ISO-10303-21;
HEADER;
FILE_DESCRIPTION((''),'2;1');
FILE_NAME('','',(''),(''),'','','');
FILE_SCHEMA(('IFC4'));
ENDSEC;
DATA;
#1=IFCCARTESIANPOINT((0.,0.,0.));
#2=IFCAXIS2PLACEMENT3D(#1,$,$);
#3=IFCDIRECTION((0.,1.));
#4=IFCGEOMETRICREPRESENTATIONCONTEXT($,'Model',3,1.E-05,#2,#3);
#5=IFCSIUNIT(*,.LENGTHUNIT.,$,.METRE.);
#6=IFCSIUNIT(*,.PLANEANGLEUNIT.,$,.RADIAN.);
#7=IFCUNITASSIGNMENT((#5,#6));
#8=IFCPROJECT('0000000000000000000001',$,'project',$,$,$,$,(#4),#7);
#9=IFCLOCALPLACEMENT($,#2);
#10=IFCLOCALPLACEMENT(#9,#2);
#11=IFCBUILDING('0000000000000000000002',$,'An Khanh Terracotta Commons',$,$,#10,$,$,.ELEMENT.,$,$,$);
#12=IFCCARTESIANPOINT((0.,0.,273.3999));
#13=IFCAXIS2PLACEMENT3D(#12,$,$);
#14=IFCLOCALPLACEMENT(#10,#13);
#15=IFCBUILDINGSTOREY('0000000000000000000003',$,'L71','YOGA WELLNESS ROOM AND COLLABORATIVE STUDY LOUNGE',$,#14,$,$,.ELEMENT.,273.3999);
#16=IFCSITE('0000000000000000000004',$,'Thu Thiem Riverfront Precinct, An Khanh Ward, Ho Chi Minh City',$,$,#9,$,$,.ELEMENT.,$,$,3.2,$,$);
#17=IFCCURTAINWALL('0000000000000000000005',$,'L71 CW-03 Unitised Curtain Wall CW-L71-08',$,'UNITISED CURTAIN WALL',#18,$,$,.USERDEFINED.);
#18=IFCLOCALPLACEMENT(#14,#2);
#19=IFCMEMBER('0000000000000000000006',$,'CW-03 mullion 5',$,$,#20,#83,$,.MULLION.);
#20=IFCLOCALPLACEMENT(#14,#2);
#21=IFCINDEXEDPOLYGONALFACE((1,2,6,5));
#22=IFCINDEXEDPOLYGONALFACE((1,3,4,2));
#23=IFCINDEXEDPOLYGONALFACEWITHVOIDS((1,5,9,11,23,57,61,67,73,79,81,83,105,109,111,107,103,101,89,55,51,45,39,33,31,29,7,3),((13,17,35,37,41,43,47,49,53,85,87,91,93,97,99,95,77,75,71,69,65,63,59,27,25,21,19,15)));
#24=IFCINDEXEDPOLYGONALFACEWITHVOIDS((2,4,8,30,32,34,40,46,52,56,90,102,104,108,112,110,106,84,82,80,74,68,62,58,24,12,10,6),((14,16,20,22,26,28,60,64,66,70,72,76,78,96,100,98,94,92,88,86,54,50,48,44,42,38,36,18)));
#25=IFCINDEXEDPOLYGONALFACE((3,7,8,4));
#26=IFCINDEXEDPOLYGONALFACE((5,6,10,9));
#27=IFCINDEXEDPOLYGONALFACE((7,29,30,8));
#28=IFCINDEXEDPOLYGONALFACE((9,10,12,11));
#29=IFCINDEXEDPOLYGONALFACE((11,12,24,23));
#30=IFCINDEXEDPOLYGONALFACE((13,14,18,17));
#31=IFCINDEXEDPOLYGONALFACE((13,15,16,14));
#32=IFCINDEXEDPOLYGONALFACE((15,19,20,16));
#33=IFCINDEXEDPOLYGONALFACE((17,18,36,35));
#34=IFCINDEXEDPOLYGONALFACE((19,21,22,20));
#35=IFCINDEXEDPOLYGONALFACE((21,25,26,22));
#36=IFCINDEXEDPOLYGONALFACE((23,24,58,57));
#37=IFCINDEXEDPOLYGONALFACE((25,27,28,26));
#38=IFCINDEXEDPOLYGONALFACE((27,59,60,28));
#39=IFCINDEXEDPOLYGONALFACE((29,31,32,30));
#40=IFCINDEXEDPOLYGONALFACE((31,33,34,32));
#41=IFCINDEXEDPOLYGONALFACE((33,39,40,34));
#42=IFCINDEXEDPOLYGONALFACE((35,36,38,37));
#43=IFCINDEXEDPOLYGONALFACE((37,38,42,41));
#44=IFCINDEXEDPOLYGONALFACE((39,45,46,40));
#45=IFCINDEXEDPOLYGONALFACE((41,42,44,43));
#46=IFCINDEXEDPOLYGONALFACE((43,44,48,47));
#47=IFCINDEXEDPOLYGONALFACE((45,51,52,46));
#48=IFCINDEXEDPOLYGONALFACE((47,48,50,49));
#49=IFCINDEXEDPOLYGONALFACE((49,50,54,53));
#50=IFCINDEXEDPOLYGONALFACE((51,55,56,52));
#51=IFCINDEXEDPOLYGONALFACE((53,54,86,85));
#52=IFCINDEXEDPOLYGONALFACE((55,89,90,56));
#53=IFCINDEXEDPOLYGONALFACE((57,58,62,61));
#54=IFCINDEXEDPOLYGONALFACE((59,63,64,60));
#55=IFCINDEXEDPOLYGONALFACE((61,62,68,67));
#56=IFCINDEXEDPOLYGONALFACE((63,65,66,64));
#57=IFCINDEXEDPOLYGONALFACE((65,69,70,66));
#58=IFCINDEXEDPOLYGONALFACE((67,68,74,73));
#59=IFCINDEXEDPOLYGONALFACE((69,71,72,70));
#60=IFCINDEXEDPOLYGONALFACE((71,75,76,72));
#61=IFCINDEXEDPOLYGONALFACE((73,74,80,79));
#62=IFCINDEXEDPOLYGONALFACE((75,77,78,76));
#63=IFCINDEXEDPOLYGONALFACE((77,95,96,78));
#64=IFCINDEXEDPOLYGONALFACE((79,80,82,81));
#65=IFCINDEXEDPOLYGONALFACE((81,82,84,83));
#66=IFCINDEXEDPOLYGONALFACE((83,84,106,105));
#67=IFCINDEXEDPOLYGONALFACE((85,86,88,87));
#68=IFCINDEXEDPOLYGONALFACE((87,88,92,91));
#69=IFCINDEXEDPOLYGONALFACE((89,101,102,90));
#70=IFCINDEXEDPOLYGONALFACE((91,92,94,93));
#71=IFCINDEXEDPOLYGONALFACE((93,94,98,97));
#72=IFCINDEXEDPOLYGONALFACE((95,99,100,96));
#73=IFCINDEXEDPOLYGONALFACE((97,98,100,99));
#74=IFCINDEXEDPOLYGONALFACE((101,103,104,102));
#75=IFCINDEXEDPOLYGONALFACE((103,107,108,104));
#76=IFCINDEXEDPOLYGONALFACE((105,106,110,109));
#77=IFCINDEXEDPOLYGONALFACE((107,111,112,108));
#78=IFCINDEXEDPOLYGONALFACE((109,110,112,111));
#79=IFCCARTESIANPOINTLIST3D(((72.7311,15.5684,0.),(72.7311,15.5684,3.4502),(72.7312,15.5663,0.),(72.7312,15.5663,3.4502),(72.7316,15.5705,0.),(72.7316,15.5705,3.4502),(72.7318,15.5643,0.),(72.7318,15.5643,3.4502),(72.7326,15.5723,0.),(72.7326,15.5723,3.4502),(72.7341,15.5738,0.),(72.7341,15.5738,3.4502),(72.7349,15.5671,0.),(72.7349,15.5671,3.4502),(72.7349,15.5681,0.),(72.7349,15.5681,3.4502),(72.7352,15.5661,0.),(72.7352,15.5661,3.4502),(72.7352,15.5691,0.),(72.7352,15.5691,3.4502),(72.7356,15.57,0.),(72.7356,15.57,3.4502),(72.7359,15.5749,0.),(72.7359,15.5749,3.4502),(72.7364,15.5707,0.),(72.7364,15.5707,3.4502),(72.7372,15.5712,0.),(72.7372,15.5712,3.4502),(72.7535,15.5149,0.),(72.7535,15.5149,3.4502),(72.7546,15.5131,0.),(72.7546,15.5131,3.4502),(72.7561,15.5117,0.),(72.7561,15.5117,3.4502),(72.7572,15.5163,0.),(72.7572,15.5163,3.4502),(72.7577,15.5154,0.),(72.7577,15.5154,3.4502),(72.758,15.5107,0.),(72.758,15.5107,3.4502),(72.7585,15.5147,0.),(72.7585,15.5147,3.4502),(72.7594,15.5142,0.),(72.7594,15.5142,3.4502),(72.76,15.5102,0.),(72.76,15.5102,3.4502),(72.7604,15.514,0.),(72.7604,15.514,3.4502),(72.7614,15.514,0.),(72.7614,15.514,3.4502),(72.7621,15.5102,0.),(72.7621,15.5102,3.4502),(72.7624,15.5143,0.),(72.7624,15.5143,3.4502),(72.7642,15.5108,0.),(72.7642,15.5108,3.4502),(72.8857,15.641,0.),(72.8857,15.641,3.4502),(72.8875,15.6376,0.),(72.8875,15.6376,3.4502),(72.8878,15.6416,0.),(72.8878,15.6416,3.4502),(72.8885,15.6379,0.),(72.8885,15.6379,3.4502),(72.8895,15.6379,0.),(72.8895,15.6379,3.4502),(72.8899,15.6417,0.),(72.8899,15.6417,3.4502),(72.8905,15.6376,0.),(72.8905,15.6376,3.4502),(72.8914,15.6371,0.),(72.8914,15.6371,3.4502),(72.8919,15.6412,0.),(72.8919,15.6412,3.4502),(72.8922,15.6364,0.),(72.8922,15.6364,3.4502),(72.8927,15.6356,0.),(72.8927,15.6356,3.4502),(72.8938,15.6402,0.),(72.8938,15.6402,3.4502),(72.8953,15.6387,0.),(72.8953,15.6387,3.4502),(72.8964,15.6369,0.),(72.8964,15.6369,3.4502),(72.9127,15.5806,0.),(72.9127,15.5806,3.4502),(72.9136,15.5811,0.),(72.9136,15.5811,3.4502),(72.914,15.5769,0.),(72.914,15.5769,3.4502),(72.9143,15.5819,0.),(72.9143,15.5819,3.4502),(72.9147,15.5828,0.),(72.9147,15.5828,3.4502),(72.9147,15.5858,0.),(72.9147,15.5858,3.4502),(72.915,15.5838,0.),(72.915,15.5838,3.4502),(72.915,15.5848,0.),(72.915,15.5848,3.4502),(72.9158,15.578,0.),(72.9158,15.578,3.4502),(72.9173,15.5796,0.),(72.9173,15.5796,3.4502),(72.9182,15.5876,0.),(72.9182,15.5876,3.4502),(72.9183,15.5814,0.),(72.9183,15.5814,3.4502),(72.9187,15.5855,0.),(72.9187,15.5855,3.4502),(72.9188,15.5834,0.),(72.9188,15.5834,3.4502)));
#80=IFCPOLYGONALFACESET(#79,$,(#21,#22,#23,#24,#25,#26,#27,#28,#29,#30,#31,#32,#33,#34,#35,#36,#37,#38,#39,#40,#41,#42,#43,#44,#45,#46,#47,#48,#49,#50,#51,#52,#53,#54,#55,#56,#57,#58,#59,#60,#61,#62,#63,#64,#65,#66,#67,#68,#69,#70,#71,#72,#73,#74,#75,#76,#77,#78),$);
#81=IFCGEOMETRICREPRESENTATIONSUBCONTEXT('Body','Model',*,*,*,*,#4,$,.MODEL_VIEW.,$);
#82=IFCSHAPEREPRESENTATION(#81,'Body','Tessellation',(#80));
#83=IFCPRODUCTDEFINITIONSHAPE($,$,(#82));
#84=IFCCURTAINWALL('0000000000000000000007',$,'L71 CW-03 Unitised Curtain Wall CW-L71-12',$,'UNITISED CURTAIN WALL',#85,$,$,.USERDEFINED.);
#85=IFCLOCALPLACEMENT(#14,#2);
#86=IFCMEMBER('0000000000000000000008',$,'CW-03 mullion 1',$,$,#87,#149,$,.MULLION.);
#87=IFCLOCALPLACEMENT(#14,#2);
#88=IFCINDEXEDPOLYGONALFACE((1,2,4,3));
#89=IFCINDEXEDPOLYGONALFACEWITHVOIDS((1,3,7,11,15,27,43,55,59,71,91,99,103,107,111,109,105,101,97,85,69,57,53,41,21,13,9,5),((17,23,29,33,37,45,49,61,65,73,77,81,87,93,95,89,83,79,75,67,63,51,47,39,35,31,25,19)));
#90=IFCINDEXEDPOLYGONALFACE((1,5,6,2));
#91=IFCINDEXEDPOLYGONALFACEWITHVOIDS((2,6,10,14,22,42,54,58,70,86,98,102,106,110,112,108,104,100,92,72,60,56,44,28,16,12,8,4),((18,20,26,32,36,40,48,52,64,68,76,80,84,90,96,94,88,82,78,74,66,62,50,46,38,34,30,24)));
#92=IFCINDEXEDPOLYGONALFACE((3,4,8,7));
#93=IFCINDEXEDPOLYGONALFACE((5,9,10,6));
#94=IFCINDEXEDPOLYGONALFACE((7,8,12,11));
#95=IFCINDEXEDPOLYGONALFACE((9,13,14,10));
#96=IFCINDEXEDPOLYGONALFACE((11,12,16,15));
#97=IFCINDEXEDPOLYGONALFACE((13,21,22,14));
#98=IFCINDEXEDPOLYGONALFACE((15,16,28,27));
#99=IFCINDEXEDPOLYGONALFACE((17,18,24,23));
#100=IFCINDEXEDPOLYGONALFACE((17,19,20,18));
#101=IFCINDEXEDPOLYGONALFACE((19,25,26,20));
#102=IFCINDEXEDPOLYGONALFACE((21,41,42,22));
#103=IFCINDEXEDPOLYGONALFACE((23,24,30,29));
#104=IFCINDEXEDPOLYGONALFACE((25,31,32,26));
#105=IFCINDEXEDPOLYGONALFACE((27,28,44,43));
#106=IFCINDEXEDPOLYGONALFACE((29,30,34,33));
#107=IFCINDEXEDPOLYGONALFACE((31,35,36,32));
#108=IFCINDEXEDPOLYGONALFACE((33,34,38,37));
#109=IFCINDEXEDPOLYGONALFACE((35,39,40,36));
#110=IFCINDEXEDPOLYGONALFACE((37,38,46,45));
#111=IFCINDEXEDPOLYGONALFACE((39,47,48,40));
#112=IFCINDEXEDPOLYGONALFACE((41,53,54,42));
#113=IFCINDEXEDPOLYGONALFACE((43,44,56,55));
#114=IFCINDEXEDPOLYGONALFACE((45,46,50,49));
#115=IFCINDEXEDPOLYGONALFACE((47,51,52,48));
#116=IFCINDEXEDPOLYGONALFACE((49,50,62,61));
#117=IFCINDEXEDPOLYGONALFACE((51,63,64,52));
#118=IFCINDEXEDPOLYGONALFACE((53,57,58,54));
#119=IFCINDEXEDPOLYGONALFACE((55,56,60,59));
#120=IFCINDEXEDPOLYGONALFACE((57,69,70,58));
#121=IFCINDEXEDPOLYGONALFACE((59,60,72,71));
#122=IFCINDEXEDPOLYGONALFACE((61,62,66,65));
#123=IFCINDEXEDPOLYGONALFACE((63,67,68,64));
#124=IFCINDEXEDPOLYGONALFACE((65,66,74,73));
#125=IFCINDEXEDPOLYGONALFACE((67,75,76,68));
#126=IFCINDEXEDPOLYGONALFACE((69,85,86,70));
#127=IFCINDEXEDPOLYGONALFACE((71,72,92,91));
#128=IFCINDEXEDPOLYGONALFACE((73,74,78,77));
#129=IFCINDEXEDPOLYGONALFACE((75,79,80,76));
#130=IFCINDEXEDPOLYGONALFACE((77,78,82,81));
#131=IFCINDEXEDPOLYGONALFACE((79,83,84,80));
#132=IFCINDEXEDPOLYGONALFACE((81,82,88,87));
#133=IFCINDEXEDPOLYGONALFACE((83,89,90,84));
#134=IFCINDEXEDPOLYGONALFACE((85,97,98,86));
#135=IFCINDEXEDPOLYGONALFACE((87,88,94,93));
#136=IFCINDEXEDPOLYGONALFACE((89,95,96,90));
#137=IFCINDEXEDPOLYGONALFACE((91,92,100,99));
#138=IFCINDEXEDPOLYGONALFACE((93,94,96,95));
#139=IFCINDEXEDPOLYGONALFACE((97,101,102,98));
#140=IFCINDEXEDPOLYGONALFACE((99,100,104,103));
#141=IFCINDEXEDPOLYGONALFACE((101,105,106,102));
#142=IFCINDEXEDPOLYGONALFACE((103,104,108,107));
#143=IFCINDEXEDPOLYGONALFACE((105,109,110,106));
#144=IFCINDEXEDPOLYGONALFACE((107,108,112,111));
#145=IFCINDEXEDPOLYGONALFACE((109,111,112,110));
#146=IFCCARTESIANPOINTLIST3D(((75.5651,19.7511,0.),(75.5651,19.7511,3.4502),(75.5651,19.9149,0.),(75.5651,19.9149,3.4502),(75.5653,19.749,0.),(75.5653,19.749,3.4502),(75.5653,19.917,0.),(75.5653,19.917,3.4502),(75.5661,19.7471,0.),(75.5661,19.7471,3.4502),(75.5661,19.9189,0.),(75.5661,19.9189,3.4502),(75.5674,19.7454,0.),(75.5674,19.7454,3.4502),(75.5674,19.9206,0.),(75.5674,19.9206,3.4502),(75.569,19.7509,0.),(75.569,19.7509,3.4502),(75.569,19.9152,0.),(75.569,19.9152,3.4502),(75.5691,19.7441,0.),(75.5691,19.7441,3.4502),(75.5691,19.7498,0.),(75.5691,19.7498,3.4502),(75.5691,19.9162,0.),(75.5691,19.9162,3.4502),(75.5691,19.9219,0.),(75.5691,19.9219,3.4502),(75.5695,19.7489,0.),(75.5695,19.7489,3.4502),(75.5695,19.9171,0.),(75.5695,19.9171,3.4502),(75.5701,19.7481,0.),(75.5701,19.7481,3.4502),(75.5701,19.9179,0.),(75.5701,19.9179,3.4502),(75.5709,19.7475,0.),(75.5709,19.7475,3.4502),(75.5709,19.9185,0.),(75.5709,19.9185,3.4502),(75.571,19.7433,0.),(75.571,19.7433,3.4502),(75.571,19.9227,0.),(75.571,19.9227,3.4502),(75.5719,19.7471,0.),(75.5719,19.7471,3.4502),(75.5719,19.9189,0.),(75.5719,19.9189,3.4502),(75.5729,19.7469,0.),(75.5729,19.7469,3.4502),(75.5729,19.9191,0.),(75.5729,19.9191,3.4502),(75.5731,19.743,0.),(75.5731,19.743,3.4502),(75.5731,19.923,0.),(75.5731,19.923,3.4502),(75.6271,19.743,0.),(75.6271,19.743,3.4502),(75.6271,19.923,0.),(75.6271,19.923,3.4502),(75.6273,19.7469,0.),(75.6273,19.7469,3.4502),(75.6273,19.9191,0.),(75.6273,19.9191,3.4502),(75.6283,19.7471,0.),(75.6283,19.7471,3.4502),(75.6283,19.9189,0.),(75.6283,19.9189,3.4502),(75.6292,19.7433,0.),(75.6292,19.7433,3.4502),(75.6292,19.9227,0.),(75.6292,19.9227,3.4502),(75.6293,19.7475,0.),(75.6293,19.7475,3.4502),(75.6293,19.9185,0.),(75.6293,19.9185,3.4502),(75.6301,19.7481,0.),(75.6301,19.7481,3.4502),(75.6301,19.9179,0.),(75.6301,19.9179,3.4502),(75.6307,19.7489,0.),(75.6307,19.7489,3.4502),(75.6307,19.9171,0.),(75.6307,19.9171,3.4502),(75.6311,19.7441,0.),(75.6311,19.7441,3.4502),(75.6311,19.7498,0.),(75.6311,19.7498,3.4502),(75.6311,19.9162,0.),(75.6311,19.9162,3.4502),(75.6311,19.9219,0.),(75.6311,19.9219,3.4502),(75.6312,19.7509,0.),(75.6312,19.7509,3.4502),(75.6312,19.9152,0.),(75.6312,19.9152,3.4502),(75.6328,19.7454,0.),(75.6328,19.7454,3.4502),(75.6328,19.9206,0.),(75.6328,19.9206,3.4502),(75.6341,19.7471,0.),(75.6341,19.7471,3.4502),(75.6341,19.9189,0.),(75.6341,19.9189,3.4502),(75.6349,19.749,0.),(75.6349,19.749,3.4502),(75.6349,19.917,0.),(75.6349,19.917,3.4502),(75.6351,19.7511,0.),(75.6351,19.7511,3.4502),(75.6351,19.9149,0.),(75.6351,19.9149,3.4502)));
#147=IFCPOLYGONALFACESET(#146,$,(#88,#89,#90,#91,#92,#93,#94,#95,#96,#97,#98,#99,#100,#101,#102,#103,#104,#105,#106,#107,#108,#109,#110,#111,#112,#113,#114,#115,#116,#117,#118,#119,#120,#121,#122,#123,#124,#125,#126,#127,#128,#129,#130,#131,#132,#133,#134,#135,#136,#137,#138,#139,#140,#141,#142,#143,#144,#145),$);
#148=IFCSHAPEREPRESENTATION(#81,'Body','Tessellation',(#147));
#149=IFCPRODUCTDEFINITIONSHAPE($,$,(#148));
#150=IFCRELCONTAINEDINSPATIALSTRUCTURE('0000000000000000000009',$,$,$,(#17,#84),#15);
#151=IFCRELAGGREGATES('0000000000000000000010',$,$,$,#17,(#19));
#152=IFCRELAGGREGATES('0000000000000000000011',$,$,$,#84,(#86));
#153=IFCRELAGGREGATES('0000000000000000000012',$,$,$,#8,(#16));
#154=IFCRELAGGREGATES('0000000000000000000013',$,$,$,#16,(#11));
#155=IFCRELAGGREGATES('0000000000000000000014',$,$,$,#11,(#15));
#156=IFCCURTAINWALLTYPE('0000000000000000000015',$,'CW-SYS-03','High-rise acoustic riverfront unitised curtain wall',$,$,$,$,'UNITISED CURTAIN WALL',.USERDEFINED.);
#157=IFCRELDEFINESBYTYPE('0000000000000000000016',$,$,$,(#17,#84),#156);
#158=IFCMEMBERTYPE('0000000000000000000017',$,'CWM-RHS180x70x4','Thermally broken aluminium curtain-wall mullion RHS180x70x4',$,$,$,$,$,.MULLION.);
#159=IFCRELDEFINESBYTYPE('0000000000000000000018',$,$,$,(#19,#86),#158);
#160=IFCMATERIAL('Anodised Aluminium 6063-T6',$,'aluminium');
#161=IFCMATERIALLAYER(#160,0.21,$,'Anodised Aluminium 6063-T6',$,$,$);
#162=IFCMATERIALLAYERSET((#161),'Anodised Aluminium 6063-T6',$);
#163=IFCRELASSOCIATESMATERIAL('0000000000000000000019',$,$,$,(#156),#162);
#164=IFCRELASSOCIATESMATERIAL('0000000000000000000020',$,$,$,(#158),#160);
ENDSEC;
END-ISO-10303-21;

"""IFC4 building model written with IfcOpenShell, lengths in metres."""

from ifc_helpers import new_model, si_unit, direction, frame, origin, origin_2d, place, context, subcontext, project, spatial, hollow_rectangle, extrude, material, layer, layer_set, material_profile, profile_set, type_object, element, aggregate, save


model = new_model("IFC4")

# Units and contexts
model_context = context("Model", 3, precision=1e-05, world=origin(), true_north=direction((0.0, 1.0)))
body_context = subcontext(model_context, "Body", "Model", "MODEL_VIEW")
ifc_project = project(units=[si_unit("LENGTHUNIT", "METRE"), si_unit("PLANEANGLEUNIT", "RADIAN")], contexts=[model_context])

# Site, building, storey
site_placement = place(None, origin())
site = spatial("IfcSite", under=ifc_project, at=site_placement, Name="Thu Thiem Riverfront Precinct, An Khanh Ward, Ho Chi Minh City", CompositionType="ELEMENT", RefElevation=3.2)
building_placement = place(site_placement, origin())
building = spatial("IfcBuilding", under=site, at=building_placement, Name="An Khanh Terracotta Commons", CompositionType="ELEMENT")
storey_placement = place(building_placement, frame((0.0, 0.0, 273.3999)))
storey = spatial("IfcBuildingStorey", under=building, at=storey_placement, Name="L71", Description="YOGA WELLNESS ROOM AND COLLABORATIVE STUDY LOUNGE", CompositionType="ELEMENT", Elevation=273.3999)

# Curtain walls, members
ifc_material_1 = material(Name="Anodised Aluminium 6063-T6", Category="aluminium")
ifc_layer_1 = layer(ifc_material_1, 0.21, Name="Anodised Aluminium 6063-T6")
ifc_layer_set_1 = layer_set([ifc_layer_1], Name="Anodised Aluminium 6063-T6")
curtain_wall_type = type_object("IfcCurtainWallType", Name="CW-SYS-03", Description="High-rise acoustic riverfront unitised curtain wall", ElementType="UNITISED CURTAIN WALL", PredefinedType="USERDEFINED", material=ifc_layer_set_1)
curtain_wall_1_placement = place(storey_placement, origin())
curtain_wall_1 = element("IfcCurtainWall", 1, at=curtain_wall_1_placement, inside=storey, type_object=curtain_wall_type, Name="L71 CW-03 Unitised Curtain Wall CW-L71-08", ObjectType="UNITISED CURTAIN WALL", PredefinedType="USERDEFINED")
ifc_material_profile_1 = material_profile(ifc_material_1, hollow_rectangle(XDim=0.0701, YDim=0.1799, WallThickness=0.0039, InnerFilletRadius=0.0039, OuterFilletRadius=0.0081, at=origin_2d()), Name="RHS180x70x4")
ifc_profile_set_1 = profile_set([ifc_material_profile_1], Name="Anodised Aluminium 6063-T6")
member_type_1 = type_object("IfcMemberType", Name="CWM-RHS180x70x4", Description="Thermally broken aluminium curtain-wall mullion RHS180x70x4", PredefinedType="MULLION", material=ifc_profile_set_1)
member_1_placement = place(storey_placement, frame((72.825, 15.5759, 0.0), z_axis=(0.0, 0.0, 1.0), x_axis=(-0.403676, 0.914902, 0.0)))
member_1 = element("IfcMember", 2, at=member_1_placement, type_object=member_type_1, Name="CW-03 mullion 5", PredefinedType="MULLION", context=body_context, shape_type="SweptSolid", body=[
    extrude(hollow_rectangle(XDim=0.0701, YDim=0.1799, WallThickness=0.0039, InnerFilletRadius=0.0039, OuterFilletRadius=0.0081, at=origin_2d()), origin(), (0.0, 0.0, 1.0), 3.4502),
])
curtain_wall_2_placement = place(storey_placement, origin())
curtain_wall_2 = element("IfcCurtainWall", 3, at=curtain_wall_2_placement, inside=storey, type_object=curtain_wall_type, Name="L71 CW-03 Unitised Curtain Wall CW-L71-12", ObjectType="UNITISED CURTAIN WALL", PredefinedType="USERDEFINED")
member_2_placement = place(storey_placement, frame((75.6001, 19.833, 0.0), z_axis=(0.0, 0.0, 1.0), x_axis=(-1.0, 0.0, 0.0)))
member_2 = element("IfcMember", 4, at=member_2_placement, type_object=member_type_1, Name="CW-03 mullion 1", PredefinedType="MULLION", context=body_context, shape_type="SweptSolid", body=[
    extrude(hollow_rectangle(XDim=0.0701, YDim=0.1799, WallThickness=0.0039, InnerFilletRadius=0.0039, OuterFilletRadius=0.0081, at=origin_2d()), origin(), (0.0, 0.0, 1.0), 3.4502),
])

aggregate(curtain_wall_1, [member_1])
aggregate(curtain_wall_2, [member_2])

save(model, "model.ifc")
